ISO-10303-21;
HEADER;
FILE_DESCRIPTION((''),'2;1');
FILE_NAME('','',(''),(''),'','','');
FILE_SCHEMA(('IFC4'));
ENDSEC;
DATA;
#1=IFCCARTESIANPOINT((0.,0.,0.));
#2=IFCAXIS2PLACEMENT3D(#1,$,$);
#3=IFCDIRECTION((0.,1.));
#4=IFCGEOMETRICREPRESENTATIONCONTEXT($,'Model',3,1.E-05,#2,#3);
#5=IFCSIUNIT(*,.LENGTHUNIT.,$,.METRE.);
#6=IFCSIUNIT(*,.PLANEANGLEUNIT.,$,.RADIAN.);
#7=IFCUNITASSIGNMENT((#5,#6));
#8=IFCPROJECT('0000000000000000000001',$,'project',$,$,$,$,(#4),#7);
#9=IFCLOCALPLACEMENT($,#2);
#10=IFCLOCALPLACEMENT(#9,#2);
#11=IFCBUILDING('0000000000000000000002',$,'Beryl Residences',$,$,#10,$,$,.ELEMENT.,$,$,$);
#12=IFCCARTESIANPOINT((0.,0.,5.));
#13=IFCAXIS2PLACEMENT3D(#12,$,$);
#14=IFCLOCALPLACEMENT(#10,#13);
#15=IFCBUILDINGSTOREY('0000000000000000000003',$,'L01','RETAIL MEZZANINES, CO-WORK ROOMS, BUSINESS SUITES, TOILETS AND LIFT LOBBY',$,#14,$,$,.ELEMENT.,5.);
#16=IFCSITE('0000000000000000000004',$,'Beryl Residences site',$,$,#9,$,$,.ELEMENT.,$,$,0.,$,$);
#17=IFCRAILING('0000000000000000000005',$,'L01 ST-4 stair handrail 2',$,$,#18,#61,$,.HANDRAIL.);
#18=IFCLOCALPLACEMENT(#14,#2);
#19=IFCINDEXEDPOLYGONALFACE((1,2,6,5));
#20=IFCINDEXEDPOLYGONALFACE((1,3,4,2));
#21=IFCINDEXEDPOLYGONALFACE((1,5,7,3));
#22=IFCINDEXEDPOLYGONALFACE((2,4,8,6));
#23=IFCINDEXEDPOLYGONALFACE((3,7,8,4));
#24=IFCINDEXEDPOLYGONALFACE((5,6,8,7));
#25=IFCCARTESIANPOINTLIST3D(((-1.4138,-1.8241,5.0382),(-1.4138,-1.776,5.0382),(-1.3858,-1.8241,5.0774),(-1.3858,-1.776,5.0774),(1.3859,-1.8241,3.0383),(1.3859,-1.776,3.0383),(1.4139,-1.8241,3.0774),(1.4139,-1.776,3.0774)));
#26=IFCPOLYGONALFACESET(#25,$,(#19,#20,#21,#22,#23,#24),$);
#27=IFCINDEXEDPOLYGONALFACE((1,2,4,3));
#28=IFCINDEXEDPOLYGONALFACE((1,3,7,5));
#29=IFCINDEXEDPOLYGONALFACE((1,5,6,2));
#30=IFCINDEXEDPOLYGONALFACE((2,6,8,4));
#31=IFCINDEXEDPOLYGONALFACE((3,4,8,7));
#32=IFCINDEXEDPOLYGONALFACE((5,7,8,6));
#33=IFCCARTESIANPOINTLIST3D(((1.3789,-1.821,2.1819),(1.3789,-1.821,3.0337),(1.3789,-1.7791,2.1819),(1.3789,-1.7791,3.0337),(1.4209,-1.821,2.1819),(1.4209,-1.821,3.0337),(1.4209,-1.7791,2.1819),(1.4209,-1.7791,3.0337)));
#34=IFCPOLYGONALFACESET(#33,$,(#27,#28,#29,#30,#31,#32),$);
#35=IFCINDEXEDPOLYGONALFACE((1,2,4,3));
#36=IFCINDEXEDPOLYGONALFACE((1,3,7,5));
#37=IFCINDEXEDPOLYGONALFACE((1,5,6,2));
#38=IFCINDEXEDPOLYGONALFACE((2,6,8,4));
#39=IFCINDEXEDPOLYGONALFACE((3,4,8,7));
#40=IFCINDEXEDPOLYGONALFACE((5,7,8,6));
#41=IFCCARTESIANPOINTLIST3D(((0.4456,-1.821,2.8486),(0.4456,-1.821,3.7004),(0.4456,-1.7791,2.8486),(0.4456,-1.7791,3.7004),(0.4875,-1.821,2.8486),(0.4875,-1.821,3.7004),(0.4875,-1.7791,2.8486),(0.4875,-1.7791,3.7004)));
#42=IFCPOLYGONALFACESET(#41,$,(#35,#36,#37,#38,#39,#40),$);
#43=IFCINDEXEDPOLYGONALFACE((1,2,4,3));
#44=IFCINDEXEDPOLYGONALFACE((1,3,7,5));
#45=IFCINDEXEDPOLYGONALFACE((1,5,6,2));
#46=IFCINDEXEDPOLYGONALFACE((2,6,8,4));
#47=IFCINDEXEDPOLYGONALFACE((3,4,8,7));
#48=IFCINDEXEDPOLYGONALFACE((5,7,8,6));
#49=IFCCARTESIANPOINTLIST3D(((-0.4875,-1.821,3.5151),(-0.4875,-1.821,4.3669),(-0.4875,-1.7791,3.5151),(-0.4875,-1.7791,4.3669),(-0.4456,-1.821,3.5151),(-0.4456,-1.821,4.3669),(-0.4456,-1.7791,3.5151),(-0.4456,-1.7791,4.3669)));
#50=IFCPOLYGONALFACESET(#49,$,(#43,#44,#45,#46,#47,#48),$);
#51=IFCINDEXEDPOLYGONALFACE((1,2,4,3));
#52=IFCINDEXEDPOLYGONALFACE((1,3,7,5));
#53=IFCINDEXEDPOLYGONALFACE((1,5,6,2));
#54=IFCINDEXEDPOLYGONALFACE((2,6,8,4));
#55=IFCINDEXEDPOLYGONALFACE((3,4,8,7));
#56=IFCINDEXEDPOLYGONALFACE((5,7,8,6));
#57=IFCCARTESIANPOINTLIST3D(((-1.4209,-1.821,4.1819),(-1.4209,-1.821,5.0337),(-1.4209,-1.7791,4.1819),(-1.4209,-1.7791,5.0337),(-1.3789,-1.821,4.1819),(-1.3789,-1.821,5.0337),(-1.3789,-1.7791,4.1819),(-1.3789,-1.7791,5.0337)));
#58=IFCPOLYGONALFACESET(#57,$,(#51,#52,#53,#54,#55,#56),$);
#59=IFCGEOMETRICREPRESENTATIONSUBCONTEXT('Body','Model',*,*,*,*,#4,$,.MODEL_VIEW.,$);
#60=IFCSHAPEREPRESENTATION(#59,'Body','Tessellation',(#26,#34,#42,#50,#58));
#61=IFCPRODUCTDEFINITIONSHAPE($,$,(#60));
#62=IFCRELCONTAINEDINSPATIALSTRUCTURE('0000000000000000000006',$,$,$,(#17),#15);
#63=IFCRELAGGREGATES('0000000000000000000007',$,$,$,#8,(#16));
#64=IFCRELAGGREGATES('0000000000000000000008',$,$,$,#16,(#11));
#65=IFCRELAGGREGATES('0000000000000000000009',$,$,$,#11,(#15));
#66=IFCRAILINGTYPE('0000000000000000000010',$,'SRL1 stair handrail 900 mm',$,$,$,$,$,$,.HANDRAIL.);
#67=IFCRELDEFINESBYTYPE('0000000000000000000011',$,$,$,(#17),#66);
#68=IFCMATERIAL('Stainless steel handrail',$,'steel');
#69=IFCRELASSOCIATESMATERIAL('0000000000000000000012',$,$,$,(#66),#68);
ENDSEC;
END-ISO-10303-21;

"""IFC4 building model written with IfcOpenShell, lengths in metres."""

from ifc_helpers import new_model, si_unit, direction, frame, origin, origin_2d, place, context, subcontext, project, spatial, rectangle, extrude, material, type_object, element, save


model = new_model("IFC4")

# Units and contexts
model_context = context("Model", 3, precision=1e-05, world=origin(), true_north=direction((0.0, 1.0)))
body_context = subcontext(model_context, "Body", "Model", "MODEL_VIEW")
ifc_project = project(units=[si_unit("LENGTHUNIT", "METRE"), si_unit("PLANEANGLEUNIT", "RADIAN")], contexts=[model_context])

# Site, building, storey
site_placement = place(None, origin())
site = spatial("IfcSite", under=ifc_project, at=site_placement, Name="Beryl Residences site", CompositionType="ELEMENT", RefElevation=0.0)
building_placement = place(site_placement, origin())
building = spatial("IfcBuilding", under=site, at=building_placement, Name="Beryl Residences", CompositionType="ELEMENT")
storey_placement = place(building_placement, frame((0.0, 0.0, 5.0)))
storey = spatial("IfcBuildingStorey", under=building, at=storey_placement, Name="L01", Description="RETAIL MEZZANINES, CO-WORK ROOMS, BUSINESS SUITES, TOILETS AND LIFT LOBBY", CompositionType="ELEMENT", Elevation=5.0)

# Railing
ifc_material_1 = material(Name="Stainless steel handrail", Category="steel")
railing_type_1 = type_object("IfcRailingType", Name="SRL1 stair handrail 900 mm", PredefinedType="HANDRAIL", material=ifc_material_1)
railing_1_placement = place(storey_placement, frame((1.3999, -1.8, 2.1819)))
element("IfcRailing", 1, at=railing_1_placement, inside=storey, type_object=railing_type_1, Name="L01 ST-4 stair handrail 2", PredefinedType="HANDRAIL", context=body_context, shape_type="SweptSolid", body=[
    extrude(rectangle(XDim=0.0481, YDim=0.0481, at=origin_2d()), frame((0.0, 0.0, 0.876), z_axis=(-0.813714, 0.0, 0.581265), x_axis=(0.0, -1.0, 0.0)), (0.0, 0.0, 1.0), 3.4407),
    extrude(rectangle(XDim=0.042, YDim=0.042, at=origin_2d()), origin(), (0.0, 0.0, 1.0), 0.8518),
    extrude(rectangle(XDim=0.042, YDim=0.042, at=origin_2d()), frame((-0.9333, 0.0, 0.6667)), (0.0, 0.0, 1.0), 0.8518),
    extrude(rectangle(XDim=0.042, YDim=0.042, at=origin_2d()), frame((-1.8665, 0.0, 1.3333)), (0.0, 0.0, 1.0), 0.8518),
    extrude(rectangle(XDim=0.042, YDim=0.042, at=origin_2d()), frame((-2.7998, 0.0, 2.0)), (0.0, 0.0, 1.0), 0.8518),
])

save(model, "model.ifc")
